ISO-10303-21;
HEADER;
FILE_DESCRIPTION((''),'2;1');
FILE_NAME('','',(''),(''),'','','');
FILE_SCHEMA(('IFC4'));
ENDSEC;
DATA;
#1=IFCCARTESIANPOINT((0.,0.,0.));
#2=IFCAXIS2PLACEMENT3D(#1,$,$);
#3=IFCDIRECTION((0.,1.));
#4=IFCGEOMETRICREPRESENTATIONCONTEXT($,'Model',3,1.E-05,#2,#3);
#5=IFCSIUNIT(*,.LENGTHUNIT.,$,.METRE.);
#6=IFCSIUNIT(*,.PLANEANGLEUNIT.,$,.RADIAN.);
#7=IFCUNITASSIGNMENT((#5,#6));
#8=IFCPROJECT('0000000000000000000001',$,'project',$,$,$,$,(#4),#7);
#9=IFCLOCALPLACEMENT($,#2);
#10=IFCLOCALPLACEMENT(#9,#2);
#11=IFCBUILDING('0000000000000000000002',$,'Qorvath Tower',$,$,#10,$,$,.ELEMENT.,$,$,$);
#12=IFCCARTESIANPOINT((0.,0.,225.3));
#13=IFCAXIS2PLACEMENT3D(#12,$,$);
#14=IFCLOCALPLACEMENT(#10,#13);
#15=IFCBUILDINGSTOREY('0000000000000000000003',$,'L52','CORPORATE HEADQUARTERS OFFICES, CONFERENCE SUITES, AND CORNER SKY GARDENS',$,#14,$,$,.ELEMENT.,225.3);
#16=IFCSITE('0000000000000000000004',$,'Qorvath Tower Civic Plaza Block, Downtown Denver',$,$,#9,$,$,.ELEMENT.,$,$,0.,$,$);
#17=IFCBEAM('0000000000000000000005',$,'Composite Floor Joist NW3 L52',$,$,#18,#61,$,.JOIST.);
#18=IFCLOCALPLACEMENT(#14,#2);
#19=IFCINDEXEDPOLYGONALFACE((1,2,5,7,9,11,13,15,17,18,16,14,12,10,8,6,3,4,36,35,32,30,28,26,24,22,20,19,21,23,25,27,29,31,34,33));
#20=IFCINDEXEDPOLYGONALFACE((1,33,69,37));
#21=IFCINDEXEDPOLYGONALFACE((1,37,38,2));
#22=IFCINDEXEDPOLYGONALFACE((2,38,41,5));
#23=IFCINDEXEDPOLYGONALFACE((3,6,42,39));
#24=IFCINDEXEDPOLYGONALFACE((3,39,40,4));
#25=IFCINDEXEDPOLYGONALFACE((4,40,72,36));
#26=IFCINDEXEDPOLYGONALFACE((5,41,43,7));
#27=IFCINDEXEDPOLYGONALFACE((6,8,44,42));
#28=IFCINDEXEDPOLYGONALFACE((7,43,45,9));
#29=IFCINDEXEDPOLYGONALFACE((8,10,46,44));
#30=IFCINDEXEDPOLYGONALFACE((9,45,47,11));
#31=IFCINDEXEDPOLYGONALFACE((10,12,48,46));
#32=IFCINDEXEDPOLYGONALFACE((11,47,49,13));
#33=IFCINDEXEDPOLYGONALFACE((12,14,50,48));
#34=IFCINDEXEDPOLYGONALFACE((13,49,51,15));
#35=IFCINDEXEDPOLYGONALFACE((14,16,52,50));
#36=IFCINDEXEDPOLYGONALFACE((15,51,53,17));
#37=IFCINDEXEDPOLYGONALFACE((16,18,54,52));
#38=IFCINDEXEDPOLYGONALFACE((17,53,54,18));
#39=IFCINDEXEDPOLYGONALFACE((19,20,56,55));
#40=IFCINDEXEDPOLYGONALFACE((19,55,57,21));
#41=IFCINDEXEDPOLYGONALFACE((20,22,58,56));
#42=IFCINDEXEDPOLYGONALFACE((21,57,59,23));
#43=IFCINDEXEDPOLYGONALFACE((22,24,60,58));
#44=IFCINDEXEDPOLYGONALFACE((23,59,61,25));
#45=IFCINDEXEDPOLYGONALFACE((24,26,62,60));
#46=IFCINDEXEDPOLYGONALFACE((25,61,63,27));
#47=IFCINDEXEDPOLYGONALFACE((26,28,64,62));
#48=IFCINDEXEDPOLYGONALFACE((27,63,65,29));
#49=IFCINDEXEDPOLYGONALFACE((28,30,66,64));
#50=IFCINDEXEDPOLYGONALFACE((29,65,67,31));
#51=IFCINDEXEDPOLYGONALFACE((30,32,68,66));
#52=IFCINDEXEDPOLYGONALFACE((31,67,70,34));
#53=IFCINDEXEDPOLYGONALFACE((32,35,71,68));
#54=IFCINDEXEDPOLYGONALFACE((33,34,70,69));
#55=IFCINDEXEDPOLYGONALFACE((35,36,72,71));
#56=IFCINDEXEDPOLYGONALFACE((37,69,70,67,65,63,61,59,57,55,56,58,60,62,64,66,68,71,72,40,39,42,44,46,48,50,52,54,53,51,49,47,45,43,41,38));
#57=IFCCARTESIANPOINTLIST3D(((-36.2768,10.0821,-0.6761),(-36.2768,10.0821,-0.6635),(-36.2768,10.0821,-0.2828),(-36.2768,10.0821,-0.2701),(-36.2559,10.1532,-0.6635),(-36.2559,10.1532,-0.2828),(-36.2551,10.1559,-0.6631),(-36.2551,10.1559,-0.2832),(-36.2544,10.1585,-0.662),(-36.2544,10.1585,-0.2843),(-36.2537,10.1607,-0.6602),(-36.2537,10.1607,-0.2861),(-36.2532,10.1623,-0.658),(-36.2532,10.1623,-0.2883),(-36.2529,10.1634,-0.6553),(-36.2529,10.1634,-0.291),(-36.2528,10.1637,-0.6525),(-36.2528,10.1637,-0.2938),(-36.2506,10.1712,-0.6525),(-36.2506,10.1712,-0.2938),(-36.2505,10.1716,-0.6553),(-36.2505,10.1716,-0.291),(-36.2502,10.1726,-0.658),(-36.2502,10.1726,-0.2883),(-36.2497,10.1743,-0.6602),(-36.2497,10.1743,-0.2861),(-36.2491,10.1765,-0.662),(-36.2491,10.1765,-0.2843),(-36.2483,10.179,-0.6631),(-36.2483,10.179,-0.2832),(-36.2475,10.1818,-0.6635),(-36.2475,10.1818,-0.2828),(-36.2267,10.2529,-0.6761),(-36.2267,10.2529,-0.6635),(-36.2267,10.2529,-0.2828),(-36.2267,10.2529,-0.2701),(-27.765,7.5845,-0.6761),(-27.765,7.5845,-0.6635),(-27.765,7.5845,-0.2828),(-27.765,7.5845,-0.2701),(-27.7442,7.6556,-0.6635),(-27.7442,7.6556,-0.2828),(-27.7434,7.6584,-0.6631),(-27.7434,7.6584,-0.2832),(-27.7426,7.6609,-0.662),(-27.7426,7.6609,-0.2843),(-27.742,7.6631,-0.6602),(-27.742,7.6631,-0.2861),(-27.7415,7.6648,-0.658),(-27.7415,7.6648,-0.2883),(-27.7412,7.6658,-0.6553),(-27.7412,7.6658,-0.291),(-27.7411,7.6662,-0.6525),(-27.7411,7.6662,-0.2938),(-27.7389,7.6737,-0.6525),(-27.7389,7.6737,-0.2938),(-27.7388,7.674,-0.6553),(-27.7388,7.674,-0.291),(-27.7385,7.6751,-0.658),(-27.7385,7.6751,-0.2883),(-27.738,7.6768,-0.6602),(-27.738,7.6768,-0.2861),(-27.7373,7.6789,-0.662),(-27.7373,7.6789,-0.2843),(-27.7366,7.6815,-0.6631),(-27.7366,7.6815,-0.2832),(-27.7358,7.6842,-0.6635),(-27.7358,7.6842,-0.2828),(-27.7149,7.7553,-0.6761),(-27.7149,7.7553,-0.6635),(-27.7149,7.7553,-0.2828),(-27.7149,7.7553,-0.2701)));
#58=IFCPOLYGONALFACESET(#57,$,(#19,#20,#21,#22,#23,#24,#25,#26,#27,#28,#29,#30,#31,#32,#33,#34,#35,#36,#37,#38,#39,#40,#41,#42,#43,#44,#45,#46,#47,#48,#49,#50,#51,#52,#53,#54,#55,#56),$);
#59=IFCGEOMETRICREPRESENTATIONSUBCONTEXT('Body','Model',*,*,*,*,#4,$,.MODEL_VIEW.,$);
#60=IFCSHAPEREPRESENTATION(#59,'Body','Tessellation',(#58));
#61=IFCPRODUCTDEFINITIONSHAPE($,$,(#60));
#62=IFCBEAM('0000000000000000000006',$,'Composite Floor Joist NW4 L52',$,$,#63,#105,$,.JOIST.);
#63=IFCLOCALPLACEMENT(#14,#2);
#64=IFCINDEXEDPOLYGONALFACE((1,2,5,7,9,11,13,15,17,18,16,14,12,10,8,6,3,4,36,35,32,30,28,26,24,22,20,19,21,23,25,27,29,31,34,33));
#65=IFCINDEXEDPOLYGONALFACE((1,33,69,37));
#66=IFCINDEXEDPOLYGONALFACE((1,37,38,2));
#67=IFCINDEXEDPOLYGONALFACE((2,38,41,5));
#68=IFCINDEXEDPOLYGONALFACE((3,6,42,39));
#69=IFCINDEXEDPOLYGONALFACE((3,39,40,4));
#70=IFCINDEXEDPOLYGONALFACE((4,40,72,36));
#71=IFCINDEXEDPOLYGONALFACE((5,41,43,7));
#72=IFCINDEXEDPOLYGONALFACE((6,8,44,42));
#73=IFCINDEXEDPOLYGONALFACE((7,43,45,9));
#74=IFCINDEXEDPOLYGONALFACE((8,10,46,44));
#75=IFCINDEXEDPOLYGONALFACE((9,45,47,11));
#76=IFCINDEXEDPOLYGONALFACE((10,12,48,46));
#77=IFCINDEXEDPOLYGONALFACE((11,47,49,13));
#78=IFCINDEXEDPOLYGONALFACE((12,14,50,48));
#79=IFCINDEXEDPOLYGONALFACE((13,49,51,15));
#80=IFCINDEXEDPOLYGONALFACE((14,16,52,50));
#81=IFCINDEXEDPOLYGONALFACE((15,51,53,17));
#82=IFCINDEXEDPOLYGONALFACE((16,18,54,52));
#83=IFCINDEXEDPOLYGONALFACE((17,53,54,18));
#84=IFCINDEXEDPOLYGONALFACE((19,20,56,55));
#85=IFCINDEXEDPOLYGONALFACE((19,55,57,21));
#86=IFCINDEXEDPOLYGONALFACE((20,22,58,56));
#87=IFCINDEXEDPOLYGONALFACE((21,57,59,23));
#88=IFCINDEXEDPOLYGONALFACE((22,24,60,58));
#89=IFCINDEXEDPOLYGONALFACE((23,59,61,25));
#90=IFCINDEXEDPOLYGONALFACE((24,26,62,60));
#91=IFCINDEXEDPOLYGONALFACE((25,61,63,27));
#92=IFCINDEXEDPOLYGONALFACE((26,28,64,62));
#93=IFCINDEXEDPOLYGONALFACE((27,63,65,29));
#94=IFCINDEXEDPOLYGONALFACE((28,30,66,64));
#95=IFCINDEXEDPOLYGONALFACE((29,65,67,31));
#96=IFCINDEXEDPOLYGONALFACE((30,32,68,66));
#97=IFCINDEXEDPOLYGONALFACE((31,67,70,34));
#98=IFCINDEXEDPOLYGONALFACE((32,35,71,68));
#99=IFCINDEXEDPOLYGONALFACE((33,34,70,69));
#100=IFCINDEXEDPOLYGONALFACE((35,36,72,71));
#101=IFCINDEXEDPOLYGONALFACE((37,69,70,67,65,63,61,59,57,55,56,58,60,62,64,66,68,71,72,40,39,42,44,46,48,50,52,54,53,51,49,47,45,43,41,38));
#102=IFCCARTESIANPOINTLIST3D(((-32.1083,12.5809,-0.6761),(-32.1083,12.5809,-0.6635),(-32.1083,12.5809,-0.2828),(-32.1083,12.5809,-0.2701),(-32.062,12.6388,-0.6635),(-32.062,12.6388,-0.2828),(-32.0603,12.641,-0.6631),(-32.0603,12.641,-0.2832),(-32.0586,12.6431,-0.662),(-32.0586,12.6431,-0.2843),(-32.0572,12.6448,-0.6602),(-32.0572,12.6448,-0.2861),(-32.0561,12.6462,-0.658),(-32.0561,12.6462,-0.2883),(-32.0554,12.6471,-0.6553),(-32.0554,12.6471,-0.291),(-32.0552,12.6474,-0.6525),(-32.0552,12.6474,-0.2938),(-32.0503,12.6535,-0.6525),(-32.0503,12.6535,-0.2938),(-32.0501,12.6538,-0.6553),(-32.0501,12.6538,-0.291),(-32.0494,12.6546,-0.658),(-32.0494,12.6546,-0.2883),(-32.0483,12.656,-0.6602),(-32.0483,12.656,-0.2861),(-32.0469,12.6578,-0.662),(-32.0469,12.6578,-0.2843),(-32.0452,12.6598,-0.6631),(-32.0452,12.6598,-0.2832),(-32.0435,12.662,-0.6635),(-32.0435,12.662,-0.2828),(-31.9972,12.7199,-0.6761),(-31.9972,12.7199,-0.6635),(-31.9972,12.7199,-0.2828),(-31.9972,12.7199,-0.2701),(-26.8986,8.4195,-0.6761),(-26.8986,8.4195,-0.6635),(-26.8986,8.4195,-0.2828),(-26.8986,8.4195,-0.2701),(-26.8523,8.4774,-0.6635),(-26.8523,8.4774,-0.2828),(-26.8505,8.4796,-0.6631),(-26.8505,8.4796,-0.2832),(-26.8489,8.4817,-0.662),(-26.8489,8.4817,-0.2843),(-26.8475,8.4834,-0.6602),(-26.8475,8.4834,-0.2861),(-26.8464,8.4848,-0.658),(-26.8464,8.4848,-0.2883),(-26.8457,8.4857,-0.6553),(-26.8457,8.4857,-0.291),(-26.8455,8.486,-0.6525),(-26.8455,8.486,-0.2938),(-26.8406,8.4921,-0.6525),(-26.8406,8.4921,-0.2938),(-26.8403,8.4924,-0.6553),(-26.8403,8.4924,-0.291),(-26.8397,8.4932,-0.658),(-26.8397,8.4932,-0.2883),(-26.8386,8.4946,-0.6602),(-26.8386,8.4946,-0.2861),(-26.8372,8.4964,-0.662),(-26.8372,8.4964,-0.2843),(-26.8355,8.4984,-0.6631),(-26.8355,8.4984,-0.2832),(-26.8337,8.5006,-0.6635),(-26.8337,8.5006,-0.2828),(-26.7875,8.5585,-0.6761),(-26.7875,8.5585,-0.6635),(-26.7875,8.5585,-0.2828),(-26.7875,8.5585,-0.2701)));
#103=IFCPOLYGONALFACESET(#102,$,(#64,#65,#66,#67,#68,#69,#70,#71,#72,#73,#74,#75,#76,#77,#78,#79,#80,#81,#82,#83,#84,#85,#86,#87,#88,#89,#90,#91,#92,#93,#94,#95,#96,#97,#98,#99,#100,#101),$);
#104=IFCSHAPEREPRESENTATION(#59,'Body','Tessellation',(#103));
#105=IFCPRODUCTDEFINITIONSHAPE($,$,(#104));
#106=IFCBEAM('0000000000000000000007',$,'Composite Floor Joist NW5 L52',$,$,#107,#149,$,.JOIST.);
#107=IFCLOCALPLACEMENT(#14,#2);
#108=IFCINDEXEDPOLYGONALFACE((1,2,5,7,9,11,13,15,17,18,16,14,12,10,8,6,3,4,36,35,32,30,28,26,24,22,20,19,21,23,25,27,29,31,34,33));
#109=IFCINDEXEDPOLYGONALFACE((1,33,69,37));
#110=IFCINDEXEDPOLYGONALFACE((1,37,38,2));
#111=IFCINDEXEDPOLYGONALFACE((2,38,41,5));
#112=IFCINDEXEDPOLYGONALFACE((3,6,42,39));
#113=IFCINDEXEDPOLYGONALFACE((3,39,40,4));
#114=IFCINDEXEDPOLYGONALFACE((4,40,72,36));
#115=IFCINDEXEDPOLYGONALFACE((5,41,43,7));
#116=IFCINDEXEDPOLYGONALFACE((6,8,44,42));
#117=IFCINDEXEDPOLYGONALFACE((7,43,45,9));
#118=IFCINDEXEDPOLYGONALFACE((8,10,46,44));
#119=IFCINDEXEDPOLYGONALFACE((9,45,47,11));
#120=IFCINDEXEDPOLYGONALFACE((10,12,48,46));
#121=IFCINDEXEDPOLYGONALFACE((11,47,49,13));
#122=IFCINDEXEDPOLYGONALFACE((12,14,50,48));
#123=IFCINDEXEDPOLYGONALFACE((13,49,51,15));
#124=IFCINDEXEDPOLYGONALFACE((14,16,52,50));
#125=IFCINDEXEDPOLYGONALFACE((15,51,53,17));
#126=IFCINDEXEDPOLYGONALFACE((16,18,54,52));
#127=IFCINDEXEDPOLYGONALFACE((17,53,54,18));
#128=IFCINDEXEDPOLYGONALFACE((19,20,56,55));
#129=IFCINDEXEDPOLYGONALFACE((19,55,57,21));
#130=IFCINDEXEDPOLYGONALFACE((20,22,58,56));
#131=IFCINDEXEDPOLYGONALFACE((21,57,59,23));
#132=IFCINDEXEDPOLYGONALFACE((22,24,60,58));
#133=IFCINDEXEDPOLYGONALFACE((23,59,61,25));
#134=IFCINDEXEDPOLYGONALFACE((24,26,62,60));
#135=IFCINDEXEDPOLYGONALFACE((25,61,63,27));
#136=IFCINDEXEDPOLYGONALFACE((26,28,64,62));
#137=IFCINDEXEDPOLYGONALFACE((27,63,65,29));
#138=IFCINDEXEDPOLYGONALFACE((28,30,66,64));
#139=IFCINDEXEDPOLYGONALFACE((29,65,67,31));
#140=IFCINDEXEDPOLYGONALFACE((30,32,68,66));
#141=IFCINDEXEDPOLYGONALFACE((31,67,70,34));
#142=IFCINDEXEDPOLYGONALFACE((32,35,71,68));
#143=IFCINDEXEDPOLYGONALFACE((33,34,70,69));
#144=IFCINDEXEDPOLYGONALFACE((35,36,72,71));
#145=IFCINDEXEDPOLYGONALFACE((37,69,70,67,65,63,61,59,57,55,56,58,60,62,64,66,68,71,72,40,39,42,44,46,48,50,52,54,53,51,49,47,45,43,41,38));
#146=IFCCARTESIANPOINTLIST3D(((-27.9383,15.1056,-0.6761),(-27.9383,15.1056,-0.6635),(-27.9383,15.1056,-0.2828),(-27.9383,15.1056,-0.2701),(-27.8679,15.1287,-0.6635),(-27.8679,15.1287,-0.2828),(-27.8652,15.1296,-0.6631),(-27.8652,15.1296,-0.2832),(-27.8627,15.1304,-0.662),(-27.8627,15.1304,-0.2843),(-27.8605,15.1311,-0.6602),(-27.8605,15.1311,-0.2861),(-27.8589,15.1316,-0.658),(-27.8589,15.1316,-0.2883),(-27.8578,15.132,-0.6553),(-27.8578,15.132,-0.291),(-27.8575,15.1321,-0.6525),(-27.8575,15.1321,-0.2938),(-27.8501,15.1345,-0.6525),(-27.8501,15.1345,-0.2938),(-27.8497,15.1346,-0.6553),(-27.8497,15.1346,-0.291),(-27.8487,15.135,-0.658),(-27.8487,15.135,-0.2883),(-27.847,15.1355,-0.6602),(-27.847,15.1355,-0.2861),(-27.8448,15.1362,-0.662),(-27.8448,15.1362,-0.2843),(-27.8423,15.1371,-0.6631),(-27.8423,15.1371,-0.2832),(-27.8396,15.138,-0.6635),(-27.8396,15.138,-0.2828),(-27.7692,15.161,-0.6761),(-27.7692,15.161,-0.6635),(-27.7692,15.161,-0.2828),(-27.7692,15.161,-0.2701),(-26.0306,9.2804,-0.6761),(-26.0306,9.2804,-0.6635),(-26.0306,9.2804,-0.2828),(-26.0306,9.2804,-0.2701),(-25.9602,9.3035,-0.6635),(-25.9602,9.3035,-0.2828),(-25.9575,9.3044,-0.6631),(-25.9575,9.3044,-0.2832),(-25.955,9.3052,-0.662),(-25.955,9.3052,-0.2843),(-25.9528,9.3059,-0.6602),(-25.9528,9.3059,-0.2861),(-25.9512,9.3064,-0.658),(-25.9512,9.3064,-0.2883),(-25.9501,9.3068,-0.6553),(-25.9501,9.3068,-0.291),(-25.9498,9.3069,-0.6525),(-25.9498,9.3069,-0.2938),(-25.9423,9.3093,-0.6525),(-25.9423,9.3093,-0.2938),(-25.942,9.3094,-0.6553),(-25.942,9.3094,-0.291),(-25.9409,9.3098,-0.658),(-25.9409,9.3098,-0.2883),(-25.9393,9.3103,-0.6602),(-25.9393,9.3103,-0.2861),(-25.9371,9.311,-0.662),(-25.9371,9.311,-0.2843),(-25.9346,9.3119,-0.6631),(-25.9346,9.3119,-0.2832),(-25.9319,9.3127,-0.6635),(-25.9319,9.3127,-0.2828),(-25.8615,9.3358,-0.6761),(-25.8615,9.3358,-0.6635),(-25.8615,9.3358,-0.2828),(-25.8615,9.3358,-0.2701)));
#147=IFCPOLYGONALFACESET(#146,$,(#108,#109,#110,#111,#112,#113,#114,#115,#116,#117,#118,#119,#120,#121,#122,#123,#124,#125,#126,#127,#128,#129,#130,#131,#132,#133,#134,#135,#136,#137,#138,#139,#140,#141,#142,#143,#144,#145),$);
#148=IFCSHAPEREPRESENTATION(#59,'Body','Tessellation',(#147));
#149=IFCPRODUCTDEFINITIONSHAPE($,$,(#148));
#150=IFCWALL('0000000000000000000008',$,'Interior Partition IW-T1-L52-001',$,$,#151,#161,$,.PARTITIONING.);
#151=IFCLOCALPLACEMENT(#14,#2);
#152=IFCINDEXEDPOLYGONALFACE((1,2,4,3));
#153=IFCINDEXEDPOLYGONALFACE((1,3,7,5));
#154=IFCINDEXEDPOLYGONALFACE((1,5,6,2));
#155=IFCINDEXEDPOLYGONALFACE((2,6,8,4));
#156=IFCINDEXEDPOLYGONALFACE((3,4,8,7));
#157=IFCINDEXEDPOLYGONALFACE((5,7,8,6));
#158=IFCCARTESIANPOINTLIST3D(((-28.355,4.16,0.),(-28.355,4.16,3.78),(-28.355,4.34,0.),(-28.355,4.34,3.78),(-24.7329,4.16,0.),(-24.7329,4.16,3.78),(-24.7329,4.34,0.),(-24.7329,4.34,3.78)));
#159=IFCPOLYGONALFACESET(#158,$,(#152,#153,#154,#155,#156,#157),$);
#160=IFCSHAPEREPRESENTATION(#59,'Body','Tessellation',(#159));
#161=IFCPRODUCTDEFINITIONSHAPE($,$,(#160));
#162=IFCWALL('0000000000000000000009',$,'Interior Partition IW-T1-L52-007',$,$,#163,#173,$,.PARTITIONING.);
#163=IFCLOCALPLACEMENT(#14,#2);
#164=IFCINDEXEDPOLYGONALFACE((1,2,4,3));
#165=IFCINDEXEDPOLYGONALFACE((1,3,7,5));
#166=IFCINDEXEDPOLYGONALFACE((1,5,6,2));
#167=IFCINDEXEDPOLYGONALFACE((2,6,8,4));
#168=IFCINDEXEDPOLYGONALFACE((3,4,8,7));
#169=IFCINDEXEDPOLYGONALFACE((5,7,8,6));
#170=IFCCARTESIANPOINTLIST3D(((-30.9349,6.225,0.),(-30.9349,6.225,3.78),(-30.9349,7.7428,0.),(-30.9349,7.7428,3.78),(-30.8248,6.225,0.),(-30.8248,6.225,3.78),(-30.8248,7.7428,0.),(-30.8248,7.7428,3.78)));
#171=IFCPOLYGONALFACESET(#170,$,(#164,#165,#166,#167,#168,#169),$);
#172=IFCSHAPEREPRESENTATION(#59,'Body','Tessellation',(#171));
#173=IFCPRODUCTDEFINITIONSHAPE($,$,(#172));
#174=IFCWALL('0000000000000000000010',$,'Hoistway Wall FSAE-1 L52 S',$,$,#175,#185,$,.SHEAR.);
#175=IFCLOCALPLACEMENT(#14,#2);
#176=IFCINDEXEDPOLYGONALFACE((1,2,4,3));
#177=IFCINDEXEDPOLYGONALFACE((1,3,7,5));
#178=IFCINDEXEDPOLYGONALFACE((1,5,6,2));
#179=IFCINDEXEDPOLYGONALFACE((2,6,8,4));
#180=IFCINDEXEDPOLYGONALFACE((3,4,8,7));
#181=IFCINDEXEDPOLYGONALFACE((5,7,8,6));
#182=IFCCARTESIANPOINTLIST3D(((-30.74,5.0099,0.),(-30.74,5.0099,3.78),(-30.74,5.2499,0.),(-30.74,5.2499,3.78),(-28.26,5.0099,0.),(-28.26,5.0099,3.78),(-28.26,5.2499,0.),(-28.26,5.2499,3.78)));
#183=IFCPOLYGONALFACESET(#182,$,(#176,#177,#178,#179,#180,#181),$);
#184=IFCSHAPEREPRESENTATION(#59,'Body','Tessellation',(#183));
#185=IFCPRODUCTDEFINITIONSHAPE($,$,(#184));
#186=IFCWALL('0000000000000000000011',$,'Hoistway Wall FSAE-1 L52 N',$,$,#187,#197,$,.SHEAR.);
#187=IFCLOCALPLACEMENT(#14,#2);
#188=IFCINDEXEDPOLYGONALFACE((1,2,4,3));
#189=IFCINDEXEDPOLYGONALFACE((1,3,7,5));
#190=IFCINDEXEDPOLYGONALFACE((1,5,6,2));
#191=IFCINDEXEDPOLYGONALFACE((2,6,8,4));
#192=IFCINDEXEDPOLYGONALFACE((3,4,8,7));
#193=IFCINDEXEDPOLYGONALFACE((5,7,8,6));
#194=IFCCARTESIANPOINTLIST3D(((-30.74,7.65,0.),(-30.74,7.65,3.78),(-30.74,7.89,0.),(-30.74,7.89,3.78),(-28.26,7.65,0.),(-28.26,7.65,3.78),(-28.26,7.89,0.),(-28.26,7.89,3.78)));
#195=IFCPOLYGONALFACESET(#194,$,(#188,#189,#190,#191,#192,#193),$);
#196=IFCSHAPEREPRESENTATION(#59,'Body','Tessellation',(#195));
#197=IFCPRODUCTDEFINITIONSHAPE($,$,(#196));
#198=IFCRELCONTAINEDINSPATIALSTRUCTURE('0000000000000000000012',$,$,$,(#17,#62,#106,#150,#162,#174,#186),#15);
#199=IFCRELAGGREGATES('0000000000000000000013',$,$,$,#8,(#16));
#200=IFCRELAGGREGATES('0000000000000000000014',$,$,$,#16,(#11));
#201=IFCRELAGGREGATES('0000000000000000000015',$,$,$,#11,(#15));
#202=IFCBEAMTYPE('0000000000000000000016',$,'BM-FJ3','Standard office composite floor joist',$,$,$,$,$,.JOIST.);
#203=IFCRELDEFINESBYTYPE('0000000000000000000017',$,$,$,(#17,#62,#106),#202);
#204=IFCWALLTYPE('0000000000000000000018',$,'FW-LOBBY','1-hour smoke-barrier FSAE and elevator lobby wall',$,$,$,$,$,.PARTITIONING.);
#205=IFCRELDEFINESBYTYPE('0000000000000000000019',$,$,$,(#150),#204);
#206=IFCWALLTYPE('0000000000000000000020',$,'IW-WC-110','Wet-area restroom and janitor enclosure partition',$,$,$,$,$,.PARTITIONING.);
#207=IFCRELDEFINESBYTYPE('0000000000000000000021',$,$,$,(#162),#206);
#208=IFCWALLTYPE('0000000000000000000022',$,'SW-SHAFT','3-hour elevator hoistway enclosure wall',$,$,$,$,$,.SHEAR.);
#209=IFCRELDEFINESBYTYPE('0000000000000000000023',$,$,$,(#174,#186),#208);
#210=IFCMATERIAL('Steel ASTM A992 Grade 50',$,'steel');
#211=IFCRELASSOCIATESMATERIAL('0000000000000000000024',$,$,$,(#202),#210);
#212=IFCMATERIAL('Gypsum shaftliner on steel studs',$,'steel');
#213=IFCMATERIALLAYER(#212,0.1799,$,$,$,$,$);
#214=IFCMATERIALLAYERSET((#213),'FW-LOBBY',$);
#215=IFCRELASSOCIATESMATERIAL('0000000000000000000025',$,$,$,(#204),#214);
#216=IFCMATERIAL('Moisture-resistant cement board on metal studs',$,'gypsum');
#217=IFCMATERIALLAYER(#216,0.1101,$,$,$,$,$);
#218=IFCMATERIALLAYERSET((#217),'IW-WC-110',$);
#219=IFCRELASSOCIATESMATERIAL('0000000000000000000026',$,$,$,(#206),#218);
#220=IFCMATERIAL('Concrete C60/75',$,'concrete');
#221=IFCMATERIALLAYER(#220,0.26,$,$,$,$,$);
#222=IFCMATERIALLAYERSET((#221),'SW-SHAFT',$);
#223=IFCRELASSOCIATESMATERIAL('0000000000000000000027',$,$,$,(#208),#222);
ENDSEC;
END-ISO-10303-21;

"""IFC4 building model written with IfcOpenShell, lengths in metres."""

from ifc_helpers import new_model, si_unit, direction, frame, frame_2d, origin, origin_2d, place, context, subcontext, project, spatial, rectangle, i_section, extrude, material, layer, layer_set, material_profile, profile_set, type_object, element, save


model = new_model("IFC4")

# Units and contexts
model_context = context("Model", 3, precision=1e-05, world=origin(), true_north=direction((0.0, 1.0)))
body_context = subcontext(model_context, "Body", "Model", "MODEL_VIEW")
ifc_project = project(units=[si_unit("LENGTHUNIT", "METRE"), si_unit("PLANEANGLEUNIT", "RADIAN")], contexts=[model_context])

# Site, building, storey
site_placement = place(None, origin())
site = spatial("IfcSite", under=ifc_project, at=site_placement, Name="Qorvath Tower Civic Plaza Block, Downtown Denver", CompositionType="ELEMENT", RefElevation=0.0)
building_placement = place(site_placement, origin())
building = spatial("IfcBuilding", under=site, at=building_placement, Name="Qorvath Tower", CompositionType="ELEMENT")
storey_placement = place(building_placement, frame((0.0, 0.0, 225.3)))
storey = spatial("IfcBuildingStorey", under=building, at=storey_placement, Name="L52", Description="CORPORATE HEADQUARTERS OFFICES, CONFERENCE SUITES, AND CORNER SKY GARDENS", CompositionType="ELEMENT", Elevation=225.3)

# Beams
ifc_material_1 = material(Name="Steel ASTM A992 Grade 50", Category="steel")
ifc_material_profile_1 = material_profile(ifc_material_1, i_section(OverallWidth=0.178, OverallDepth=0.406, WebThickness=0.0078, FlangeThickness=0.0127, FilletRadius=0.011, at=origin_2d()), Name="W16x40")
ifc_profile_set_1 = profile_set([ifc_material_profile_1], Name="Steel ASTM A992 Grade 50")
beam_type_1 = type_object("IfcBeamType", Name="BM-FJ3", Description="Standard office composite floor joist", PredefinedType="JOIST", material=ifc_profile_set_1)
beam_1_placement = place(storey_placement, frame((-27.74, 7.6699, -0.4731), z_axis=(-0.959545, 0.281555, 0.0), x_axis=(-0.281555, -0.959545, 0.0)))
element("IfcBeam", 1, at=beam_1_placement, inside=storey, type_object=beam_type_1, Name="Composite Floor Joist NW3 L52", PredefinedType="JOIST", context=body_context, shape_type="SweptSolid", body=[
    extrude(i_section(OverallWidth=0.178, OverallDepth=0.406, WebThickness=0.0078, FlangeThickness=0.0127, FilletRadius=0.011, at=origin_2d()), origin(), (0.0, 0.0, 1.0), 8.8706),
])
beam_2_placement = place(storey_placement, frame((-26.843, 8.489, -0.4731), z_axis=(-0.781337, 0.62411, 0.0), x_axis=(-0.62411, -0.781337, 0.0)))
element("IfcBeam", 2, at=beam_2_placement, inside=storey, type_object=beam_type_1, Name="Composite Floor Joist NW4 L52", PredefinedType="JOIST", context=body_context, shape_type="SweptSolid", body=[
    extrude(i_section(OverallWidth=0.178, OverallDepth=0.406, WebThickness=0.0078, FlangeThickness=0.0127, FilletRadius=0.011, at=origin_2d()), origin(), (0.0, 0.0, 1.0), 6.6677),
])
beam_3_placement = place(storey_placement, frame((-25.946, 9.3081, -0.4731), z_axis=(-0.311229, 0.950335, 0.0), x_axis=(-0.950335, -0.311229, 0.0)))
element("IfcBeam", 3, at=beam_3_placement, inside=storey, type_object=beam_type_1, Name="Composite Floor Joist NW5 L52", PredefinedType="JOIST", context=body_context, shape_type="SweptSolid", body=[
    extrude(i_section(OverallWidth=0.178, OverallDepth=0.406, WebThickness=0.0078, FlangeThickness=0.0127, FilletRadius=0.011, at=origin_2d()), origin(), (0.0, 0.0, 1.0), 6.1296),
])

# Wall
ifc_material_2 = material(Name="Gypsum shaftliner on steel studs", Category="steel")
ifc_layer_1 = layer(ifc_material_2, 0.1799)
ifc_layer_set_1 = layer_set([ifc_layer_1], Name="FW-LOBBY")
wall_type_1 = type_object("IfcWallType", Name="FW-LOBBY", Description="1-hour smoke-barrier FSAE and elevator lobby wall", PredefinedType="PARTITIONING", material=ifc_layer_set_1)
wall_1_placement = place(storey_placement, frame((-28.355, 4.25, 0.0), z_axis=(0.0, 0.0, 1.0), x_axis=(1.0, 0.0, 0.0)))
element("IfcWall", 4, at=wall_1_placement, inside=storey, type_object=wall_type_1, Name="Interior Partition IW-T1-L52-001", PredefinedType="PARTITIONING", context=body_context, shape_type="SweptSolid", body=[
    extrude(rectangle(XDim=3.6221, YDim=0.1799, at=frame_2d((1.811, 0.0))), origin(), (0.0, 0.0, 1.0), 3.78),
])

# Walls
ifc_material_3 = material(Name="Moisture-resistant cement board on metal studs", Category="gypsum")
ifc_layer_2 = layer(ifc_material_3, 0.1101)
ifc_layer_set_2 = layer_set([ifc_layer_2], Name="IW-WC-110")
wall_type_2 = type_object("IfcWallType", Name="IW-WC-110", Description="Wet-area restroom and janitor enclosure partition", PredefinedType="PARTITIONING", material=ifc_layer_set_2)
wall_2_placement = place(storey_placement, frame((-30.8799, 6.2251, 0.0), z_axis=(0.0, 0.0, 1.0), x_axis=(0.0, 1.0, 0.0)))
element("IfcWall", 5, at=wall_2_placement, inside=storey, type_object=wall_type_2, Name="Interior Partition IW-T1-L52-007", PredefinedType="PARTITIONING", context=body_context, shape_type="SweptSolid", body=[
    extrude(rectangle(XDim=1.5178, YDim=0.1101, at=frame_2d((0.7588, 0.0))), origin(), (0.0, 0.0, 1.0), 3.78),
])
ifc_material_4 = material(Name="Concrete C60/75", Category="concrete")
ifc_layer_3 = layer(ifc_material_4, 0.26)
ifc_layer_set_3 = layer_set([ifc_layer_3], Name="SW-SHAFT")
wall_type_3 = type_object("IfcWallType", Name="SW-SHAFT", Description="3-hour elevator hoistway enclosure wall", PredefinedType="SHEAR", material=ifc_layer_set_3)
for number, where, z_axis, x_axis, name in (
    (6, (-28.26, 5.1299, 0.0), (0.0, 0.0, 1.0), (-1.0, 0.0, 0.0), "Hoistway Wall FSAE-1 L52 S"),
    (7, (-30.74, 7.77, 0.0), (0.0, 0.0, 1.0), (1.0, 0.0, 0.0), "Hoistway Wall FSAE-1 L52 N"),
):
    element("IfcWall", number, at=place(storey_placement, frame(where, z_axis=z_axis, x_axis=x_axis)), inside=storey, type_object=wall_type_3, Name=name, PredefinedType="SHEAR", context=body_context, shape_type="SweptSolid", body=[
        extrude(rectangle(XDim=2.48, YDim=0.24, at=frame_2d((1.24, 0.0))), origin(), (0.0, 0.0, 1.0), 3.78),
    ])

save(model, "model.ifc")
